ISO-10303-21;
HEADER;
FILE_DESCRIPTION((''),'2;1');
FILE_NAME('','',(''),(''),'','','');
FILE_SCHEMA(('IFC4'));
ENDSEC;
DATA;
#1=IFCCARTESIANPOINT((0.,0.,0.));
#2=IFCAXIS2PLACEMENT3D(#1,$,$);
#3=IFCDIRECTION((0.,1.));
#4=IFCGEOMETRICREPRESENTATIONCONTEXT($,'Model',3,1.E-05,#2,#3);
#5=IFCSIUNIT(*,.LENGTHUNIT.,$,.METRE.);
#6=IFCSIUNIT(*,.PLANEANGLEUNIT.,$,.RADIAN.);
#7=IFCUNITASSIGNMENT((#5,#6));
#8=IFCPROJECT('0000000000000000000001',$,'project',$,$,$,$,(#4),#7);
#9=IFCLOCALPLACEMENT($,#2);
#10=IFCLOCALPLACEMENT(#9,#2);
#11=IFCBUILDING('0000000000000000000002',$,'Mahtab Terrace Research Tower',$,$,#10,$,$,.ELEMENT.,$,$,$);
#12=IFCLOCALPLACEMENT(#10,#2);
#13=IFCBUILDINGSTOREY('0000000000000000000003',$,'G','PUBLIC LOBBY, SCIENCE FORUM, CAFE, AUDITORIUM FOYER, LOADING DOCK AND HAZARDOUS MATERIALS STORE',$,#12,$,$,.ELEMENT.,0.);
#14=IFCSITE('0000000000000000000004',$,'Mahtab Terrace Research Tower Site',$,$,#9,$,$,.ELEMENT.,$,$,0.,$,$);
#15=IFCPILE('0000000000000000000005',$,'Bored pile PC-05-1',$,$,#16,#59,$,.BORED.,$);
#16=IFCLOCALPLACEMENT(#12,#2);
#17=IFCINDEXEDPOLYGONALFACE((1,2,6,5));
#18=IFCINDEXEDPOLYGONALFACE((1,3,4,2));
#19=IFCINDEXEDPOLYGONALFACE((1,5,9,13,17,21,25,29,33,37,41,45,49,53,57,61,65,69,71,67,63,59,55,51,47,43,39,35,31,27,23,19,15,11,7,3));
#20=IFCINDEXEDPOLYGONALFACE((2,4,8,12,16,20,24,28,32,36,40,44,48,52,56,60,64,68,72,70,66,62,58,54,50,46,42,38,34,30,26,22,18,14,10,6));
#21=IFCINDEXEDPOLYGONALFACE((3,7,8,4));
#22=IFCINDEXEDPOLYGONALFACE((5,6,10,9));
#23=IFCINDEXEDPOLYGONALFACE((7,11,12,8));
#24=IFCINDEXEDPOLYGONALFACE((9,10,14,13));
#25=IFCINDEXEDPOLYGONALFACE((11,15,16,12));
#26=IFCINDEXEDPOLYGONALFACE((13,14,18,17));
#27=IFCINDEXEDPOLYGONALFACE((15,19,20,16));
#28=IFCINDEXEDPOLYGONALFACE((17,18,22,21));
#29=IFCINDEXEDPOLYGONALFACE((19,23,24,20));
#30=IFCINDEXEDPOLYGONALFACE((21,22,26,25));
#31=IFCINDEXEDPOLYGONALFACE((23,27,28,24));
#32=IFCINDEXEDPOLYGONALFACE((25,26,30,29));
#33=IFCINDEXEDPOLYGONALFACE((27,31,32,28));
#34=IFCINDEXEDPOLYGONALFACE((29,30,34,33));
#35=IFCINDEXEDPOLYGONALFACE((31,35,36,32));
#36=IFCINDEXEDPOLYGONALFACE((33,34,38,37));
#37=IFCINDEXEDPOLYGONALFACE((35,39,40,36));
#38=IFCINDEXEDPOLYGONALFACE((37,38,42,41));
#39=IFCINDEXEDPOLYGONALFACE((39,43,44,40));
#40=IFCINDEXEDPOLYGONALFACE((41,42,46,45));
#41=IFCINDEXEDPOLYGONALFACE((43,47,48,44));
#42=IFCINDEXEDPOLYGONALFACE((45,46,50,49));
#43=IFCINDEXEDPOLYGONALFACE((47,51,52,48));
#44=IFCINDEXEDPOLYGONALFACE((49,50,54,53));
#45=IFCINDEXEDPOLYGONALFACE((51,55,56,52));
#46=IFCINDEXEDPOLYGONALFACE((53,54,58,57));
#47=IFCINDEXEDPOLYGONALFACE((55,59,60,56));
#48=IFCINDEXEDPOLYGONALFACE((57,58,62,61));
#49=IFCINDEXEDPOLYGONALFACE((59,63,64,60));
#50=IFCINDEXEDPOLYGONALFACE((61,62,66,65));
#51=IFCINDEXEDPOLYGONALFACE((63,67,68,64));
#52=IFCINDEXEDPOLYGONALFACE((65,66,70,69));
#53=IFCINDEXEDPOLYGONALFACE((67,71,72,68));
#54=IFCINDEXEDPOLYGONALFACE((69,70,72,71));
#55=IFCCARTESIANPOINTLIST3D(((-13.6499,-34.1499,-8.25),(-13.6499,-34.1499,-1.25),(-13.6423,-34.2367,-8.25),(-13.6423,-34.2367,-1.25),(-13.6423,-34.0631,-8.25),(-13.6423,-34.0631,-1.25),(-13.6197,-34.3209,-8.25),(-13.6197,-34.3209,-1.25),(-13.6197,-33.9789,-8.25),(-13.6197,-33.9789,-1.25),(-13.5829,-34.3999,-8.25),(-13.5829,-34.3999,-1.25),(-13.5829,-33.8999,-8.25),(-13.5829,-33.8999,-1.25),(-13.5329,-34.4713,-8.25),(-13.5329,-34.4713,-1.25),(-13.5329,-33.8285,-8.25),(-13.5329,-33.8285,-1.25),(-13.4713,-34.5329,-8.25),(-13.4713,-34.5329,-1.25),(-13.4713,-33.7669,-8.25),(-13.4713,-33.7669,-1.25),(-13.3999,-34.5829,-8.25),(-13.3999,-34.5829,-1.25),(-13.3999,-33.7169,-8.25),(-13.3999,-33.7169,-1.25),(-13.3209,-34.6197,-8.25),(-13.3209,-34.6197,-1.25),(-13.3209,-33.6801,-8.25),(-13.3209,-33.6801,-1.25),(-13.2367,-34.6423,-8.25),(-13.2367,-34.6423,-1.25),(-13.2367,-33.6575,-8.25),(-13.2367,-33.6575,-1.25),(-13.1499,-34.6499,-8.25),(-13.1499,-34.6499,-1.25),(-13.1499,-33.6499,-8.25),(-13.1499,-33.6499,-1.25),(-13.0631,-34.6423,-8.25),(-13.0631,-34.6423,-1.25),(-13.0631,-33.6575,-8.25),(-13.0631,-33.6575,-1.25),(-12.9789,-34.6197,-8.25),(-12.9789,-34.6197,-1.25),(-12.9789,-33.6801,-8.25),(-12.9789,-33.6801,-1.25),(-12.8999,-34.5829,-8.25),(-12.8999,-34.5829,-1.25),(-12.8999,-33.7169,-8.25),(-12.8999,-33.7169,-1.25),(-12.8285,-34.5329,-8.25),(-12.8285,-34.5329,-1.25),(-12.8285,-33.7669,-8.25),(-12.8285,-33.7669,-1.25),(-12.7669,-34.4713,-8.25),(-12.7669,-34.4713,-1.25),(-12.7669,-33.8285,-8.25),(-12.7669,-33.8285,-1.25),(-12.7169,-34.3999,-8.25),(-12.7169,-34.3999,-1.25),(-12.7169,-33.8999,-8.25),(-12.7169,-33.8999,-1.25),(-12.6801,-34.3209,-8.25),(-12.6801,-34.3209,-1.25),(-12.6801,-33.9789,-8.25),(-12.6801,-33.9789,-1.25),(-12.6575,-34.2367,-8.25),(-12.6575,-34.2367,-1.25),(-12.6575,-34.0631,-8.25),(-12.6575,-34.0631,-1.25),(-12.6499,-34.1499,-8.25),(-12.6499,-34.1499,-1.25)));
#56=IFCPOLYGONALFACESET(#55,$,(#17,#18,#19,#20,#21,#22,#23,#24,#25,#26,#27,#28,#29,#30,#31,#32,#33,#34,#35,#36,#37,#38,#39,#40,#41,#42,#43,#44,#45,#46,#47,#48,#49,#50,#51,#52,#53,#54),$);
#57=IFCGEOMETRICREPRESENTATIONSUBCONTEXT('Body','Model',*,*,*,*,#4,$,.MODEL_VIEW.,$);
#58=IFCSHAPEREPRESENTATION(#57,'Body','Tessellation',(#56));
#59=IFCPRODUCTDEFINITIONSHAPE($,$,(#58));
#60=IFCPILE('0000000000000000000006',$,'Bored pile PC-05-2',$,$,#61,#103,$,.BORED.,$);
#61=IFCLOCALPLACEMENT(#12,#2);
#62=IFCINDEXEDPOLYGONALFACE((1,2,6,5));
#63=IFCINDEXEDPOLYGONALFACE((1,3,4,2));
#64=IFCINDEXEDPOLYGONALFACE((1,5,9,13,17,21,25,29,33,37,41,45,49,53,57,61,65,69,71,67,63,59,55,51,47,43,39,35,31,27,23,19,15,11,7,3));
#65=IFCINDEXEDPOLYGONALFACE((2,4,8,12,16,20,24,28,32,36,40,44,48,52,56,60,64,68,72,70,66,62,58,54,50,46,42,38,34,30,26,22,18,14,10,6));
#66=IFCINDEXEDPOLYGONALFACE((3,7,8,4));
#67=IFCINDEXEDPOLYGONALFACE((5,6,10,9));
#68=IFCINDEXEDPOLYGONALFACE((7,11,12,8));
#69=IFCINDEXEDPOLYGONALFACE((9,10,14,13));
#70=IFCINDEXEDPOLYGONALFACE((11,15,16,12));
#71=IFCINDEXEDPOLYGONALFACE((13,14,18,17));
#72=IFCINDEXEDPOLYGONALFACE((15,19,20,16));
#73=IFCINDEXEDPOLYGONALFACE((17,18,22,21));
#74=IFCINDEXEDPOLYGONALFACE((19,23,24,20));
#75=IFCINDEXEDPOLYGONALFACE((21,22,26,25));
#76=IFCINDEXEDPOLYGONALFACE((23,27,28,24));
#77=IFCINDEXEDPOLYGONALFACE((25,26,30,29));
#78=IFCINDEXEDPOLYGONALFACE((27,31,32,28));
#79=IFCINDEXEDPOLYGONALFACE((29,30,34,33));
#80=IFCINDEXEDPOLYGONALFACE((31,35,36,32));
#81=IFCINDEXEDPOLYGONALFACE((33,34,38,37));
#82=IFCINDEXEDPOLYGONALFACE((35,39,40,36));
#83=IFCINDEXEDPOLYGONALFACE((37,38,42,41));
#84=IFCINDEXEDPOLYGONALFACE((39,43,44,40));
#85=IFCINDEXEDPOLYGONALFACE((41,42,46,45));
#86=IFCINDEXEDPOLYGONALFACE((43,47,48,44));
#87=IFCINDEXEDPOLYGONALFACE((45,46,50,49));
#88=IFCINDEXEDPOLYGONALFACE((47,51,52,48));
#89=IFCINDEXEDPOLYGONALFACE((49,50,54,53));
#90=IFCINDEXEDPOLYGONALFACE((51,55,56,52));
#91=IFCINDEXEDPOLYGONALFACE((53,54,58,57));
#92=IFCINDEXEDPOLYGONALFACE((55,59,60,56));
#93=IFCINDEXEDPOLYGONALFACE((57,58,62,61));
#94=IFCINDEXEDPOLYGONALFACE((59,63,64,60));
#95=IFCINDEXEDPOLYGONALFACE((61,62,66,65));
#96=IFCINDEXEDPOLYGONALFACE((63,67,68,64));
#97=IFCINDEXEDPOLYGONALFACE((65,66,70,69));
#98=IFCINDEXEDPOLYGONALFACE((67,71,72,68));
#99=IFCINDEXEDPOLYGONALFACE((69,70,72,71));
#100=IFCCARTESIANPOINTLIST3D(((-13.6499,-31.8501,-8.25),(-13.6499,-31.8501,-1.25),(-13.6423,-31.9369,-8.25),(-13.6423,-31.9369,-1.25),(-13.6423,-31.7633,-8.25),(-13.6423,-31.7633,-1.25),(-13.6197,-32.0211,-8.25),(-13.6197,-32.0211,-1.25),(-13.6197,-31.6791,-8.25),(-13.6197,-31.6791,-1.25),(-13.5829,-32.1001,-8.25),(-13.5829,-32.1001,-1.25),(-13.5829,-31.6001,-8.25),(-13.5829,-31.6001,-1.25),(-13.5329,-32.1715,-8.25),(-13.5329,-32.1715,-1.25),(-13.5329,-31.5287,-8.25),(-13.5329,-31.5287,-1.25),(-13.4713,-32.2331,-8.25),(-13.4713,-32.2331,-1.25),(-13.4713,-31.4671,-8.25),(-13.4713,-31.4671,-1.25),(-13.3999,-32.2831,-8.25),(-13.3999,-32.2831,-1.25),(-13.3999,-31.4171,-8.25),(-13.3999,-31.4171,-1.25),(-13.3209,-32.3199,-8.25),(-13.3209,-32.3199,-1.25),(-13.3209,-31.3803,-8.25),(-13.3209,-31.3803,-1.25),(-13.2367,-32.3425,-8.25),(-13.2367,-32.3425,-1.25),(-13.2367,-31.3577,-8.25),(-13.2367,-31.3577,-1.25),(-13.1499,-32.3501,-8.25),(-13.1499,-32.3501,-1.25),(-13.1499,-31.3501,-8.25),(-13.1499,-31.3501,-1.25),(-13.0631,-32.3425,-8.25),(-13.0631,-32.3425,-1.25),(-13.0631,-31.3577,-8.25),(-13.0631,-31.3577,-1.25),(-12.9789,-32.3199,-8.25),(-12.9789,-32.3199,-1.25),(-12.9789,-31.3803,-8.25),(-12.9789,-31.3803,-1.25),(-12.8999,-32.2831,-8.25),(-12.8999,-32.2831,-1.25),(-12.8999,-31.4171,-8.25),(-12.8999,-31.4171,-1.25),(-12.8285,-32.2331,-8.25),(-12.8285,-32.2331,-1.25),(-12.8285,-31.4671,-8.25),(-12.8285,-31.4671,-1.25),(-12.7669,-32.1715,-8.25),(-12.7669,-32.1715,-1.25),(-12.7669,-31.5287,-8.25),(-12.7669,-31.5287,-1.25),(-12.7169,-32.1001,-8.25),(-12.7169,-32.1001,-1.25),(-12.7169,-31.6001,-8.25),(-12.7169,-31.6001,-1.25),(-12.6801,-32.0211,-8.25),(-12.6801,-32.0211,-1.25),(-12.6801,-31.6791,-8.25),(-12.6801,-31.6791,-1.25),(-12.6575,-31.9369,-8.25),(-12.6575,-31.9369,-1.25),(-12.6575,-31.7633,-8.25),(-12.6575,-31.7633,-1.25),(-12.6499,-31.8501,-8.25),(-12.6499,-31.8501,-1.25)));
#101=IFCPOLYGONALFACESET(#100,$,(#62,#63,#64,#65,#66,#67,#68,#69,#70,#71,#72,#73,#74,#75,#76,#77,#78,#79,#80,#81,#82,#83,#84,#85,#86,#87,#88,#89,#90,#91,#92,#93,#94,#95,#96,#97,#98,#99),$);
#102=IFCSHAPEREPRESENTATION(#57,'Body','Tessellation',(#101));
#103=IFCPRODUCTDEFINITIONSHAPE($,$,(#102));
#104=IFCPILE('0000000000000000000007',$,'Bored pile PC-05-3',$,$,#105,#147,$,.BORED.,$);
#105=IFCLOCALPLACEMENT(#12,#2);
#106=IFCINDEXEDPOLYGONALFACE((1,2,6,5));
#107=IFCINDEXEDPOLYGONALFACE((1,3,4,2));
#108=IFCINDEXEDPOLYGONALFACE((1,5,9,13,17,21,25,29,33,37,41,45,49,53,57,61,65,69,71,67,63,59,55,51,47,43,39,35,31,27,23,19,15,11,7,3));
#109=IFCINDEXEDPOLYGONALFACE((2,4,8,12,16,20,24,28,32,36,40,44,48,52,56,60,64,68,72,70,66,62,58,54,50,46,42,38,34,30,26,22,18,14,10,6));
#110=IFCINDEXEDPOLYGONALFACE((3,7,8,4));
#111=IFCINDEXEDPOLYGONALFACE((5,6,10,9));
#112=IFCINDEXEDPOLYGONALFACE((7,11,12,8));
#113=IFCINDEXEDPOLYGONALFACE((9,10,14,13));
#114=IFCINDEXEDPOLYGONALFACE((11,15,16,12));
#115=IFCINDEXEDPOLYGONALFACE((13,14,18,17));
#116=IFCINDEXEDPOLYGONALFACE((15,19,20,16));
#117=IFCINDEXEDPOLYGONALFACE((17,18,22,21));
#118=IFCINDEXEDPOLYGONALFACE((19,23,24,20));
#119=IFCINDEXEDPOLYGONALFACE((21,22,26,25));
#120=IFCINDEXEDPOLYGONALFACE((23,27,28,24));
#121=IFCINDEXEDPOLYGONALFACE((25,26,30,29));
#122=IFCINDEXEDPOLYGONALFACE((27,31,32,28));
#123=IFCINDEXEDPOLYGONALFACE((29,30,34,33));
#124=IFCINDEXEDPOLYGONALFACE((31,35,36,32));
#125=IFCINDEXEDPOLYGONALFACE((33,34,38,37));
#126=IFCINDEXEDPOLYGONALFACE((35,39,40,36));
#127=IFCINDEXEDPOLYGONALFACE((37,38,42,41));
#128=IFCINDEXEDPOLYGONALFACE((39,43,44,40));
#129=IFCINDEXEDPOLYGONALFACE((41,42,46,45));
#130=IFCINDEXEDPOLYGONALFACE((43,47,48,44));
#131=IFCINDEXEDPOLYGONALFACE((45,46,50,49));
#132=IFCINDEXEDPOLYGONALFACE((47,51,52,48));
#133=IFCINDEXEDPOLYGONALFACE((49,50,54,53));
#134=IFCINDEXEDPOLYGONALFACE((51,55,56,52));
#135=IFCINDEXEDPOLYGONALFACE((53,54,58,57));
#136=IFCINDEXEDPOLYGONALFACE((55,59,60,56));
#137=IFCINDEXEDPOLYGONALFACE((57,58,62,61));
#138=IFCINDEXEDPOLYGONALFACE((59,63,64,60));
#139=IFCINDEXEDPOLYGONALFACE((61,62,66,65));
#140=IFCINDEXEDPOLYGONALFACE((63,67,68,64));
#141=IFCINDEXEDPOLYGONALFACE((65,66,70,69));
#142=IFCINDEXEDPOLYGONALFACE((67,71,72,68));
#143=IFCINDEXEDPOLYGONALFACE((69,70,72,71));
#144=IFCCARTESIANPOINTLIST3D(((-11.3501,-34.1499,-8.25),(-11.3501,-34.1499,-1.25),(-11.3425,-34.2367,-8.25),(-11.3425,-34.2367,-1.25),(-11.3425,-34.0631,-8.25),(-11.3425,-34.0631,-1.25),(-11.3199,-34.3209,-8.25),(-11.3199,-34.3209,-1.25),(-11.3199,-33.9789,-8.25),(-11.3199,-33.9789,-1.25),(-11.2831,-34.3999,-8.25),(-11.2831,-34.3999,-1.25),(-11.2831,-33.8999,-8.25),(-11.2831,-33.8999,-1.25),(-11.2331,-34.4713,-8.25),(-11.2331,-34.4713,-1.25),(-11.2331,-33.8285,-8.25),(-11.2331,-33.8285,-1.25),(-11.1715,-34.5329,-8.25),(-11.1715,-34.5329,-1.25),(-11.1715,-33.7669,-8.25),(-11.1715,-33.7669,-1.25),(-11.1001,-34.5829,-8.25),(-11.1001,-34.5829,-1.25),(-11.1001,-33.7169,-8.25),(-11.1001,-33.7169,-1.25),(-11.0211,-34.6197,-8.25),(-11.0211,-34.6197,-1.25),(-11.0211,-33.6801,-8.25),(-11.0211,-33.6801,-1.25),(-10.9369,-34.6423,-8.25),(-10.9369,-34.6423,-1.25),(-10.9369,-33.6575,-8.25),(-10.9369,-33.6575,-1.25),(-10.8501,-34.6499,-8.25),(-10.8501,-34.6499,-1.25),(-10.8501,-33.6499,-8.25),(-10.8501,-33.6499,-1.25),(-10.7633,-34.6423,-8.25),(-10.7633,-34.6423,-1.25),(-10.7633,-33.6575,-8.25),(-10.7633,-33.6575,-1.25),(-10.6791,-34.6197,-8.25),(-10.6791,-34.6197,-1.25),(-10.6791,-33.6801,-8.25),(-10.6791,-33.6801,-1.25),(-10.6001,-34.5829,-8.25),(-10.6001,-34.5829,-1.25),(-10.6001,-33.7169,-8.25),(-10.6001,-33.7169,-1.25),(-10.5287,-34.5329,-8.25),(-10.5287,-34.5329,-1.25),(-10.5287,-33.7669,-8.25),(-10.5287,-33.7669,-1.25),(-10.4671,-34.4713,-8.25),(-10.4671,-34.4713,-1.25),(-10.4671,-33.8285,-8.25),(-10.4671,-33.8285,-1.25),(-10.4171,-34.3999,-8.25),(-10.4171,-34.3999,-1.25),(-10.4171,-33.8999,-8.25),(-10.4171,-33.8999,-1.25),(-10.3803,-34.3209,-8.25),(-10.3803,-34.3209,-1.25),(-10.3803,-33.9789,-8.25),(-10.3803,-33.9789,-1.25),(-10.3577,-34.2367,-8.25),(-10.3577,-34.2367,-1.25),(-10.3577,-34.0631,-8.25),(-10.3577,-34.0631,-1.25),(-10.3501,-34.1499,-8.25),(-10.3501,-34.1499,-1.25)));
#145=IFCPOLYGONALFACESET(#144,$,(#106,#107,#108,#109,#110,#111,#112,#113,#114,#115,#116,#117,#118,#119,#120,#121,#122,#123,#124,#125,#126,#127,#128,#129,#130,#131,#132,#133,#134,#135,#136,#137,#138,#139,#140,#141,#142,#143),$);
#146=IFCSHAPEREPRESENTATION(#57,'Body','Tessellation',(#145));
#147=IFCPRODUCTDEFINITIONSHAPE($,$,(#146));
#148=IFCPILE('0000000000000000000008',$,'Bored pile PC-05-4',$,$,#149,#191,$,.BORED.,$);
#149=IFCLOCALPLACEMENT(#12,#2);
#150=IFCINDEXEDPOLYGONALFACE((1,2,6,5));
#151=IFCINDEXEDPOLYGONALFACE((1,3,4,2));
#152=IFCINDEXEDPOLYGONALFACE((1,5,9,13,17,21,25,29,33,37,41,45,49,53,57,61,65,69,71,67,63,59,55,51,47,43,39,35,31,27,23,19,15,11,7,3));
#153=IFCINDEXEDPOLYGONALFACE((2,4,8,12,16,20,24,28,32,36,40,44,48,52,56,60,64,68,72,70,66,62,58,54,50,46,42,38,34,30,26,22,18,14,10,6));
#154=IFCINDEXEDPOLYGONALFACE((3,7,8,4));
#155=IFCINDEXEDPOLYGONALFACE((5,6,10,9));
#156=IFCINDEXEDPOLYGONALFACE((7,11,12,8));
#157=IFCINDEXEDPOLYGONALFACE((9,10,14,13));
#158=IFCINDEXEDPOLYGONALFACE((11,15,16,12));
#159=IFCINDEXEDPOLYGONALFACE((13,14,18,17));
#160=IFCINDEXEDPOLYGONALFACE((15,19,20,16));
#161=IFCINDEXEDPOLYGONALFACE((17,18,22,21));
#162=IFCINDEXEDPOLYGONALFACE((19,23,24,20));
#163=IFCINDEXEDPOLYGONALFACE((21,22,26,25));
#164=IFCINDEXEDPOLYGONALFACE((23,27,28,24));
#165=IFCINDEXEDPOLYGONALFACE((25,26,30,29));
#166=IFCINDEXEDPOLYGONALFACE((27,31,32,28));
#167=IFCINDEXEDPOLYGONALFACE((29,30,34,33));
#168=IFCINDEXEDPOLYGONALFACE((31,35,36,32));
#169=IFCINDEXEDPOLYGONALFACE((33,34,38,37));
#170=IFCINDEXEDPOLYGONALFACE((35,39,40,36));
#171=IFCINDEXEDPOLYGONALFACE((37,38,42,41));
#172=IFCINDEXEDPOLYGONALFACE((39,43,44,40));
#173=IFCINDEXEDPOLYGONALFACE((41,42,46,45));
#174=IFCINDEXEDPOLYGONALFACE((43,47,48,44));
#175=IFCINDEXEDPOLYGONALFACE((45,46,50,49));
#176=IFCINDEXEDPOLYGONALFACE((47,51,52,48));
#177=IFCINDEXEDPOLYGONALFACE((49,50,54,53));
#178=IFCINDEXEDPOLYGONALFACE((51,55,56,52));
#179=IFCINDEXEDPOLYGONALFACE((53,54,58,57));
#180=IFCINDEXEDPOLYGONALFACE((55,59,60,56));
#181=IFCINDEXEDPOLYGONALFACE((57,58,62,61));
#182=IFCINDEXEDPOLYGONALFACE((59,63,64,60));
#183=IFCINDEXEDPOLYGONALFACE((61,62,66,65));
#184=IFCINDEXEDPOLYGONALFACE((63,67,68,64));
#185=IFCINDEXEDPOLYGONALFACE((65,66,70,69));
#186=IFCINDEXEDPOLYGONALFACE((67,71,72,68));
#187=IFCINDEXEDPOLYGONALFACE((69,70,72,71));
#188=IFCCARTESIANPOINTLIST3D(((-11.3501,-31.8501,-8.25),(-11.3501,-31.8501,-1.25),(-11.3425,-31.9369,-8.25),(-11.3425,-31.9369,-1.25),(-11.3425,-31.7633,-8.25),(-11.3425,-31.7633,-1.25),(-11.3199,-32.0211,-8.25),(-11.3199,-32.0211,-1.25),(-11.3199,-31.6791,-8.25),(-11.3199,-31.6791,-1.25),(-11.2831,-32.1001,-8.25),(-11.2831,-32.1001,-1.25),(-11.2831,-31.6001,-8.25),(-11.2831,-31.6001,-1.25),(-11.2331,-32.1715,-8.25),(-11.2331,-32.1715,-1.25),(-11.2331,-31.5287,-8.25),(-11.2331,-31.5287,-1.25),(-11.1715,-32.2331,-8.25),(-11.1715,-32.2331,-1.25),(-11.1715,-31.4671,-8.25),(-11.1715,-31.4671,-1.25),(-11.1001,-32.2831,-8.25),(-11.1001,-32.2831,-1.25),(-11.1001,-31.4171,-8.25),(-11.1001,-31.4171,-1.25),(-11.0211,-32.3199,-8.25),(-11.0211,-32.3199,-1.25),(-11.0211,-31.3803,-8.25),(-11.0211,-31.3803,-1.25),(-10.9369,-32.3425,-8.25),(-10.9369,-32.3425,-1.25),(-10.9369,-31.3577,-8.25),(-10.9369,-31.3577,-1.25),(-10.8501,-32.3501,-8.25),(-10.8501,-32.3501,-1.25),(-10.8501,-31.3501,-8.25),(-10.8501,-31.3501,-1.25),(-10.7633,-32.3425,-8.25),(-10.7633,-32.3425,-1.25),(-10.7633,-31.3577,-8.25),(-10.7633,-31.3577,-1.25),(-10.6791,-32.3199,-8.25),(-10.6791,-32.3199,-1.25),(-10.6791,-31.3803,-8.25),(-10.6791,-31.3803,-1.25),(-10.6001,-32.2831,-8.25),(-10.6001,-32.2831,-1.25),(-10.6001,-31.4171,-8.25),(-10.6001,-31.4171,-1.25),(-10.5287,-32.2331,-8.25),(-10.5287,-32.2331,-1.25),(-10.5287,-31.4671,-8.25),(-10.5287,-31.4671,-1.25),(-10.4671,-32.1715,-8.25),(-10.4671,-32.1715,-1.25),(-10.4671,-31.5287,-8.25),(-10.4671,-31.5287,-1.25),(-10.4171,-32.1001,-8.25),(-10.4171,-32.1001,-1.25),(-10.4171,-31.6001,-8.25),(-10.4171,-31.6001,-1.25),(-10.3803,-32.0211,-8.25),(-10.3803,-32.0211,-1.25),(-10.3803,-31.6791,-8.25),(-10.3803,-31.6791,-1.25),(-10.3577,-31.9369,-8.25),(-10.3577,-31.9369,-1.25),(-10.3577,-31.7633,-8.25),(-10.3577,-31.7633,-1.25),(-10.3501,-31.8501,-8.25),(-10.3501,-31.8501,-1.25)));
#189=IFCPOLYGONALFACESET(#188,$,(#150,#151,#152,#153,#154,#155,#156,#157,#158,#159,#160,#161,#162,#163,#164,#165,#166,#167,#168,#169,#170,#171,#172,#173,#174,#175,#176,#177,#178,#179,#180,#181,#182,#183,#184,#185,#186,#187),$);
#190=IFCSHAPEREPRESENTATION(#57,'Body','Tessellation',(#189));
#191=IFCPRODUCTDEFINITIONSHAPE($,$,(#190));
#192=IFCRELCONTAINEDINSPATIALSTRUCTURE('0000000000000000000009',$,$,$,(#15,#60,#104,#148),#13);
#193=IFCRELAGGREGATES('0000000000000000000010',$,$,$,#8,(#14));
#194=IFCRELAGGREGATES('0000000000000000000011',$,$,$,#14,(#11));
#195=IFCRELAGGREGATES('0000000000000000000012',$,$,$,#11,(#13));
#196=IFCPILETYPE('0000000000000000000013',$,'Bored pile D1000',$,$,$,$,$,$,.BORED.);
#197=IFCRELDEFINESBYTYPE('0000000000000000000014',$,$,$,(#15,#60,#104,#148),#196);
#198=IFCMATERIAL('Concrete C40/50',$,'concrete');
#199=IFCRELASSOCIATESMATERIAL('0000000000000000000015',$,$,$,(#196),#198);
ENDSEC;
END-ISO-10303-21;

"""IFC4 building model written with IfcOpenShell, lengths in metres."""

from ifc_helpers import new_model, si_unit, direction, frame, origin, origin_2d, place, context, subcontext, project, spatial, circle, extrude, material, material_profile, profile_set, type_object, element, save


model = new_model("IFC4")

# Units and contexts
model_context = context("Model", 3, precision=1e-05, world=origin(), true_north=direction((0.0, 1.0)))
body_context = subcontext(model_context, "Body", "Model", "MODEL_VIEW")
ifc_project = project(units=[si_unit("LENGTHUNIT", "METRE"), si_unit("PLANEANGLEUNIT", "RADIAN")], contexts=[model_context])

# Site, building, storey
site_placement = place(None, origin())
site = spatial("IfcSite", under=ifc_project, at=site_placement, Name="Mahtab Terrace Research Tower Site", CompositionType="ELEMENT", RefElevation=0.0)
building_placement = place(site_placement, origin())
building = spatial("IfcBuilding", under=site, at=building_placement, Name="Mahtab Terrace Research Tower", CompositionType="ELEMENT")
storey_placement = place(building_placement, origin())
storey = spatial("IfcBuildingStorey", under=building, at=storey_placement, Name="G", Description="PUBLIC LOBBY, SCIENCE FORUM, CAFE, AUDITORIUM FOYER, LOADING DOCK AND HAZARDOUS MATERIALS STORE", CompositionType="ELEMENT", Elevation=0.0)

# Piles
ifc_material_1 = material(Name="Concrete C40/50", Category="concrete")
ifc_material_profile_1 = material_profile(ifc_material_1, circle(Radius=0.5, at=origin_2d()), Name="Bored pile D1000")
ifc_profile_set_1 = profile_set([ifc_material_profile_1], Name="Concrete C40/50")
pile_type_1 = type_object("IfcPileType", Name="Bored pile D1000", PredefinedType="BORED", material=ifc_profile_set_1)
for number, where, z_axis, x_axis, name in (
    (1, (-13.1499, -34.1499, -1.25), (0.0, 0.0, -1.0), (1.0, 0.0, 0.0), "Bored pile PC-05-1"),
    (2, (-13.1499, -31.8501, -1.25), (0.0, 0.0, -1.0), (1.0, 0.0, 0.0), "Bored pile PC-05-2"),
    (3, (-10.8501, -34.1499, -1.25), (0.0, 0.0, -1.0), (1.0, 0.0, 0.0), "Bored pile PC-05-3"),
    (4, (-10.8501, -31.8501, -1.25), (0.0, 0.0, -1.0), (1.0, 0.0, 0.0), "Bored pile PC-05-4"),
):
    element("IfcPile", number, at=place(storey_placement, frame(where, z_axis=z_axis, x_axis=x_axis)), inside=storey, type_object=pile_type_1, Name=name, PredefinedType="BORED", context=body_context, shape_type="SweptSolid", body=[
        extrude(circle(Radius=0.5, at=origin_2d()), origin(), (0.0, 0.0, 1.0), 7.0),
    ])

save(model, "model.ifc")
